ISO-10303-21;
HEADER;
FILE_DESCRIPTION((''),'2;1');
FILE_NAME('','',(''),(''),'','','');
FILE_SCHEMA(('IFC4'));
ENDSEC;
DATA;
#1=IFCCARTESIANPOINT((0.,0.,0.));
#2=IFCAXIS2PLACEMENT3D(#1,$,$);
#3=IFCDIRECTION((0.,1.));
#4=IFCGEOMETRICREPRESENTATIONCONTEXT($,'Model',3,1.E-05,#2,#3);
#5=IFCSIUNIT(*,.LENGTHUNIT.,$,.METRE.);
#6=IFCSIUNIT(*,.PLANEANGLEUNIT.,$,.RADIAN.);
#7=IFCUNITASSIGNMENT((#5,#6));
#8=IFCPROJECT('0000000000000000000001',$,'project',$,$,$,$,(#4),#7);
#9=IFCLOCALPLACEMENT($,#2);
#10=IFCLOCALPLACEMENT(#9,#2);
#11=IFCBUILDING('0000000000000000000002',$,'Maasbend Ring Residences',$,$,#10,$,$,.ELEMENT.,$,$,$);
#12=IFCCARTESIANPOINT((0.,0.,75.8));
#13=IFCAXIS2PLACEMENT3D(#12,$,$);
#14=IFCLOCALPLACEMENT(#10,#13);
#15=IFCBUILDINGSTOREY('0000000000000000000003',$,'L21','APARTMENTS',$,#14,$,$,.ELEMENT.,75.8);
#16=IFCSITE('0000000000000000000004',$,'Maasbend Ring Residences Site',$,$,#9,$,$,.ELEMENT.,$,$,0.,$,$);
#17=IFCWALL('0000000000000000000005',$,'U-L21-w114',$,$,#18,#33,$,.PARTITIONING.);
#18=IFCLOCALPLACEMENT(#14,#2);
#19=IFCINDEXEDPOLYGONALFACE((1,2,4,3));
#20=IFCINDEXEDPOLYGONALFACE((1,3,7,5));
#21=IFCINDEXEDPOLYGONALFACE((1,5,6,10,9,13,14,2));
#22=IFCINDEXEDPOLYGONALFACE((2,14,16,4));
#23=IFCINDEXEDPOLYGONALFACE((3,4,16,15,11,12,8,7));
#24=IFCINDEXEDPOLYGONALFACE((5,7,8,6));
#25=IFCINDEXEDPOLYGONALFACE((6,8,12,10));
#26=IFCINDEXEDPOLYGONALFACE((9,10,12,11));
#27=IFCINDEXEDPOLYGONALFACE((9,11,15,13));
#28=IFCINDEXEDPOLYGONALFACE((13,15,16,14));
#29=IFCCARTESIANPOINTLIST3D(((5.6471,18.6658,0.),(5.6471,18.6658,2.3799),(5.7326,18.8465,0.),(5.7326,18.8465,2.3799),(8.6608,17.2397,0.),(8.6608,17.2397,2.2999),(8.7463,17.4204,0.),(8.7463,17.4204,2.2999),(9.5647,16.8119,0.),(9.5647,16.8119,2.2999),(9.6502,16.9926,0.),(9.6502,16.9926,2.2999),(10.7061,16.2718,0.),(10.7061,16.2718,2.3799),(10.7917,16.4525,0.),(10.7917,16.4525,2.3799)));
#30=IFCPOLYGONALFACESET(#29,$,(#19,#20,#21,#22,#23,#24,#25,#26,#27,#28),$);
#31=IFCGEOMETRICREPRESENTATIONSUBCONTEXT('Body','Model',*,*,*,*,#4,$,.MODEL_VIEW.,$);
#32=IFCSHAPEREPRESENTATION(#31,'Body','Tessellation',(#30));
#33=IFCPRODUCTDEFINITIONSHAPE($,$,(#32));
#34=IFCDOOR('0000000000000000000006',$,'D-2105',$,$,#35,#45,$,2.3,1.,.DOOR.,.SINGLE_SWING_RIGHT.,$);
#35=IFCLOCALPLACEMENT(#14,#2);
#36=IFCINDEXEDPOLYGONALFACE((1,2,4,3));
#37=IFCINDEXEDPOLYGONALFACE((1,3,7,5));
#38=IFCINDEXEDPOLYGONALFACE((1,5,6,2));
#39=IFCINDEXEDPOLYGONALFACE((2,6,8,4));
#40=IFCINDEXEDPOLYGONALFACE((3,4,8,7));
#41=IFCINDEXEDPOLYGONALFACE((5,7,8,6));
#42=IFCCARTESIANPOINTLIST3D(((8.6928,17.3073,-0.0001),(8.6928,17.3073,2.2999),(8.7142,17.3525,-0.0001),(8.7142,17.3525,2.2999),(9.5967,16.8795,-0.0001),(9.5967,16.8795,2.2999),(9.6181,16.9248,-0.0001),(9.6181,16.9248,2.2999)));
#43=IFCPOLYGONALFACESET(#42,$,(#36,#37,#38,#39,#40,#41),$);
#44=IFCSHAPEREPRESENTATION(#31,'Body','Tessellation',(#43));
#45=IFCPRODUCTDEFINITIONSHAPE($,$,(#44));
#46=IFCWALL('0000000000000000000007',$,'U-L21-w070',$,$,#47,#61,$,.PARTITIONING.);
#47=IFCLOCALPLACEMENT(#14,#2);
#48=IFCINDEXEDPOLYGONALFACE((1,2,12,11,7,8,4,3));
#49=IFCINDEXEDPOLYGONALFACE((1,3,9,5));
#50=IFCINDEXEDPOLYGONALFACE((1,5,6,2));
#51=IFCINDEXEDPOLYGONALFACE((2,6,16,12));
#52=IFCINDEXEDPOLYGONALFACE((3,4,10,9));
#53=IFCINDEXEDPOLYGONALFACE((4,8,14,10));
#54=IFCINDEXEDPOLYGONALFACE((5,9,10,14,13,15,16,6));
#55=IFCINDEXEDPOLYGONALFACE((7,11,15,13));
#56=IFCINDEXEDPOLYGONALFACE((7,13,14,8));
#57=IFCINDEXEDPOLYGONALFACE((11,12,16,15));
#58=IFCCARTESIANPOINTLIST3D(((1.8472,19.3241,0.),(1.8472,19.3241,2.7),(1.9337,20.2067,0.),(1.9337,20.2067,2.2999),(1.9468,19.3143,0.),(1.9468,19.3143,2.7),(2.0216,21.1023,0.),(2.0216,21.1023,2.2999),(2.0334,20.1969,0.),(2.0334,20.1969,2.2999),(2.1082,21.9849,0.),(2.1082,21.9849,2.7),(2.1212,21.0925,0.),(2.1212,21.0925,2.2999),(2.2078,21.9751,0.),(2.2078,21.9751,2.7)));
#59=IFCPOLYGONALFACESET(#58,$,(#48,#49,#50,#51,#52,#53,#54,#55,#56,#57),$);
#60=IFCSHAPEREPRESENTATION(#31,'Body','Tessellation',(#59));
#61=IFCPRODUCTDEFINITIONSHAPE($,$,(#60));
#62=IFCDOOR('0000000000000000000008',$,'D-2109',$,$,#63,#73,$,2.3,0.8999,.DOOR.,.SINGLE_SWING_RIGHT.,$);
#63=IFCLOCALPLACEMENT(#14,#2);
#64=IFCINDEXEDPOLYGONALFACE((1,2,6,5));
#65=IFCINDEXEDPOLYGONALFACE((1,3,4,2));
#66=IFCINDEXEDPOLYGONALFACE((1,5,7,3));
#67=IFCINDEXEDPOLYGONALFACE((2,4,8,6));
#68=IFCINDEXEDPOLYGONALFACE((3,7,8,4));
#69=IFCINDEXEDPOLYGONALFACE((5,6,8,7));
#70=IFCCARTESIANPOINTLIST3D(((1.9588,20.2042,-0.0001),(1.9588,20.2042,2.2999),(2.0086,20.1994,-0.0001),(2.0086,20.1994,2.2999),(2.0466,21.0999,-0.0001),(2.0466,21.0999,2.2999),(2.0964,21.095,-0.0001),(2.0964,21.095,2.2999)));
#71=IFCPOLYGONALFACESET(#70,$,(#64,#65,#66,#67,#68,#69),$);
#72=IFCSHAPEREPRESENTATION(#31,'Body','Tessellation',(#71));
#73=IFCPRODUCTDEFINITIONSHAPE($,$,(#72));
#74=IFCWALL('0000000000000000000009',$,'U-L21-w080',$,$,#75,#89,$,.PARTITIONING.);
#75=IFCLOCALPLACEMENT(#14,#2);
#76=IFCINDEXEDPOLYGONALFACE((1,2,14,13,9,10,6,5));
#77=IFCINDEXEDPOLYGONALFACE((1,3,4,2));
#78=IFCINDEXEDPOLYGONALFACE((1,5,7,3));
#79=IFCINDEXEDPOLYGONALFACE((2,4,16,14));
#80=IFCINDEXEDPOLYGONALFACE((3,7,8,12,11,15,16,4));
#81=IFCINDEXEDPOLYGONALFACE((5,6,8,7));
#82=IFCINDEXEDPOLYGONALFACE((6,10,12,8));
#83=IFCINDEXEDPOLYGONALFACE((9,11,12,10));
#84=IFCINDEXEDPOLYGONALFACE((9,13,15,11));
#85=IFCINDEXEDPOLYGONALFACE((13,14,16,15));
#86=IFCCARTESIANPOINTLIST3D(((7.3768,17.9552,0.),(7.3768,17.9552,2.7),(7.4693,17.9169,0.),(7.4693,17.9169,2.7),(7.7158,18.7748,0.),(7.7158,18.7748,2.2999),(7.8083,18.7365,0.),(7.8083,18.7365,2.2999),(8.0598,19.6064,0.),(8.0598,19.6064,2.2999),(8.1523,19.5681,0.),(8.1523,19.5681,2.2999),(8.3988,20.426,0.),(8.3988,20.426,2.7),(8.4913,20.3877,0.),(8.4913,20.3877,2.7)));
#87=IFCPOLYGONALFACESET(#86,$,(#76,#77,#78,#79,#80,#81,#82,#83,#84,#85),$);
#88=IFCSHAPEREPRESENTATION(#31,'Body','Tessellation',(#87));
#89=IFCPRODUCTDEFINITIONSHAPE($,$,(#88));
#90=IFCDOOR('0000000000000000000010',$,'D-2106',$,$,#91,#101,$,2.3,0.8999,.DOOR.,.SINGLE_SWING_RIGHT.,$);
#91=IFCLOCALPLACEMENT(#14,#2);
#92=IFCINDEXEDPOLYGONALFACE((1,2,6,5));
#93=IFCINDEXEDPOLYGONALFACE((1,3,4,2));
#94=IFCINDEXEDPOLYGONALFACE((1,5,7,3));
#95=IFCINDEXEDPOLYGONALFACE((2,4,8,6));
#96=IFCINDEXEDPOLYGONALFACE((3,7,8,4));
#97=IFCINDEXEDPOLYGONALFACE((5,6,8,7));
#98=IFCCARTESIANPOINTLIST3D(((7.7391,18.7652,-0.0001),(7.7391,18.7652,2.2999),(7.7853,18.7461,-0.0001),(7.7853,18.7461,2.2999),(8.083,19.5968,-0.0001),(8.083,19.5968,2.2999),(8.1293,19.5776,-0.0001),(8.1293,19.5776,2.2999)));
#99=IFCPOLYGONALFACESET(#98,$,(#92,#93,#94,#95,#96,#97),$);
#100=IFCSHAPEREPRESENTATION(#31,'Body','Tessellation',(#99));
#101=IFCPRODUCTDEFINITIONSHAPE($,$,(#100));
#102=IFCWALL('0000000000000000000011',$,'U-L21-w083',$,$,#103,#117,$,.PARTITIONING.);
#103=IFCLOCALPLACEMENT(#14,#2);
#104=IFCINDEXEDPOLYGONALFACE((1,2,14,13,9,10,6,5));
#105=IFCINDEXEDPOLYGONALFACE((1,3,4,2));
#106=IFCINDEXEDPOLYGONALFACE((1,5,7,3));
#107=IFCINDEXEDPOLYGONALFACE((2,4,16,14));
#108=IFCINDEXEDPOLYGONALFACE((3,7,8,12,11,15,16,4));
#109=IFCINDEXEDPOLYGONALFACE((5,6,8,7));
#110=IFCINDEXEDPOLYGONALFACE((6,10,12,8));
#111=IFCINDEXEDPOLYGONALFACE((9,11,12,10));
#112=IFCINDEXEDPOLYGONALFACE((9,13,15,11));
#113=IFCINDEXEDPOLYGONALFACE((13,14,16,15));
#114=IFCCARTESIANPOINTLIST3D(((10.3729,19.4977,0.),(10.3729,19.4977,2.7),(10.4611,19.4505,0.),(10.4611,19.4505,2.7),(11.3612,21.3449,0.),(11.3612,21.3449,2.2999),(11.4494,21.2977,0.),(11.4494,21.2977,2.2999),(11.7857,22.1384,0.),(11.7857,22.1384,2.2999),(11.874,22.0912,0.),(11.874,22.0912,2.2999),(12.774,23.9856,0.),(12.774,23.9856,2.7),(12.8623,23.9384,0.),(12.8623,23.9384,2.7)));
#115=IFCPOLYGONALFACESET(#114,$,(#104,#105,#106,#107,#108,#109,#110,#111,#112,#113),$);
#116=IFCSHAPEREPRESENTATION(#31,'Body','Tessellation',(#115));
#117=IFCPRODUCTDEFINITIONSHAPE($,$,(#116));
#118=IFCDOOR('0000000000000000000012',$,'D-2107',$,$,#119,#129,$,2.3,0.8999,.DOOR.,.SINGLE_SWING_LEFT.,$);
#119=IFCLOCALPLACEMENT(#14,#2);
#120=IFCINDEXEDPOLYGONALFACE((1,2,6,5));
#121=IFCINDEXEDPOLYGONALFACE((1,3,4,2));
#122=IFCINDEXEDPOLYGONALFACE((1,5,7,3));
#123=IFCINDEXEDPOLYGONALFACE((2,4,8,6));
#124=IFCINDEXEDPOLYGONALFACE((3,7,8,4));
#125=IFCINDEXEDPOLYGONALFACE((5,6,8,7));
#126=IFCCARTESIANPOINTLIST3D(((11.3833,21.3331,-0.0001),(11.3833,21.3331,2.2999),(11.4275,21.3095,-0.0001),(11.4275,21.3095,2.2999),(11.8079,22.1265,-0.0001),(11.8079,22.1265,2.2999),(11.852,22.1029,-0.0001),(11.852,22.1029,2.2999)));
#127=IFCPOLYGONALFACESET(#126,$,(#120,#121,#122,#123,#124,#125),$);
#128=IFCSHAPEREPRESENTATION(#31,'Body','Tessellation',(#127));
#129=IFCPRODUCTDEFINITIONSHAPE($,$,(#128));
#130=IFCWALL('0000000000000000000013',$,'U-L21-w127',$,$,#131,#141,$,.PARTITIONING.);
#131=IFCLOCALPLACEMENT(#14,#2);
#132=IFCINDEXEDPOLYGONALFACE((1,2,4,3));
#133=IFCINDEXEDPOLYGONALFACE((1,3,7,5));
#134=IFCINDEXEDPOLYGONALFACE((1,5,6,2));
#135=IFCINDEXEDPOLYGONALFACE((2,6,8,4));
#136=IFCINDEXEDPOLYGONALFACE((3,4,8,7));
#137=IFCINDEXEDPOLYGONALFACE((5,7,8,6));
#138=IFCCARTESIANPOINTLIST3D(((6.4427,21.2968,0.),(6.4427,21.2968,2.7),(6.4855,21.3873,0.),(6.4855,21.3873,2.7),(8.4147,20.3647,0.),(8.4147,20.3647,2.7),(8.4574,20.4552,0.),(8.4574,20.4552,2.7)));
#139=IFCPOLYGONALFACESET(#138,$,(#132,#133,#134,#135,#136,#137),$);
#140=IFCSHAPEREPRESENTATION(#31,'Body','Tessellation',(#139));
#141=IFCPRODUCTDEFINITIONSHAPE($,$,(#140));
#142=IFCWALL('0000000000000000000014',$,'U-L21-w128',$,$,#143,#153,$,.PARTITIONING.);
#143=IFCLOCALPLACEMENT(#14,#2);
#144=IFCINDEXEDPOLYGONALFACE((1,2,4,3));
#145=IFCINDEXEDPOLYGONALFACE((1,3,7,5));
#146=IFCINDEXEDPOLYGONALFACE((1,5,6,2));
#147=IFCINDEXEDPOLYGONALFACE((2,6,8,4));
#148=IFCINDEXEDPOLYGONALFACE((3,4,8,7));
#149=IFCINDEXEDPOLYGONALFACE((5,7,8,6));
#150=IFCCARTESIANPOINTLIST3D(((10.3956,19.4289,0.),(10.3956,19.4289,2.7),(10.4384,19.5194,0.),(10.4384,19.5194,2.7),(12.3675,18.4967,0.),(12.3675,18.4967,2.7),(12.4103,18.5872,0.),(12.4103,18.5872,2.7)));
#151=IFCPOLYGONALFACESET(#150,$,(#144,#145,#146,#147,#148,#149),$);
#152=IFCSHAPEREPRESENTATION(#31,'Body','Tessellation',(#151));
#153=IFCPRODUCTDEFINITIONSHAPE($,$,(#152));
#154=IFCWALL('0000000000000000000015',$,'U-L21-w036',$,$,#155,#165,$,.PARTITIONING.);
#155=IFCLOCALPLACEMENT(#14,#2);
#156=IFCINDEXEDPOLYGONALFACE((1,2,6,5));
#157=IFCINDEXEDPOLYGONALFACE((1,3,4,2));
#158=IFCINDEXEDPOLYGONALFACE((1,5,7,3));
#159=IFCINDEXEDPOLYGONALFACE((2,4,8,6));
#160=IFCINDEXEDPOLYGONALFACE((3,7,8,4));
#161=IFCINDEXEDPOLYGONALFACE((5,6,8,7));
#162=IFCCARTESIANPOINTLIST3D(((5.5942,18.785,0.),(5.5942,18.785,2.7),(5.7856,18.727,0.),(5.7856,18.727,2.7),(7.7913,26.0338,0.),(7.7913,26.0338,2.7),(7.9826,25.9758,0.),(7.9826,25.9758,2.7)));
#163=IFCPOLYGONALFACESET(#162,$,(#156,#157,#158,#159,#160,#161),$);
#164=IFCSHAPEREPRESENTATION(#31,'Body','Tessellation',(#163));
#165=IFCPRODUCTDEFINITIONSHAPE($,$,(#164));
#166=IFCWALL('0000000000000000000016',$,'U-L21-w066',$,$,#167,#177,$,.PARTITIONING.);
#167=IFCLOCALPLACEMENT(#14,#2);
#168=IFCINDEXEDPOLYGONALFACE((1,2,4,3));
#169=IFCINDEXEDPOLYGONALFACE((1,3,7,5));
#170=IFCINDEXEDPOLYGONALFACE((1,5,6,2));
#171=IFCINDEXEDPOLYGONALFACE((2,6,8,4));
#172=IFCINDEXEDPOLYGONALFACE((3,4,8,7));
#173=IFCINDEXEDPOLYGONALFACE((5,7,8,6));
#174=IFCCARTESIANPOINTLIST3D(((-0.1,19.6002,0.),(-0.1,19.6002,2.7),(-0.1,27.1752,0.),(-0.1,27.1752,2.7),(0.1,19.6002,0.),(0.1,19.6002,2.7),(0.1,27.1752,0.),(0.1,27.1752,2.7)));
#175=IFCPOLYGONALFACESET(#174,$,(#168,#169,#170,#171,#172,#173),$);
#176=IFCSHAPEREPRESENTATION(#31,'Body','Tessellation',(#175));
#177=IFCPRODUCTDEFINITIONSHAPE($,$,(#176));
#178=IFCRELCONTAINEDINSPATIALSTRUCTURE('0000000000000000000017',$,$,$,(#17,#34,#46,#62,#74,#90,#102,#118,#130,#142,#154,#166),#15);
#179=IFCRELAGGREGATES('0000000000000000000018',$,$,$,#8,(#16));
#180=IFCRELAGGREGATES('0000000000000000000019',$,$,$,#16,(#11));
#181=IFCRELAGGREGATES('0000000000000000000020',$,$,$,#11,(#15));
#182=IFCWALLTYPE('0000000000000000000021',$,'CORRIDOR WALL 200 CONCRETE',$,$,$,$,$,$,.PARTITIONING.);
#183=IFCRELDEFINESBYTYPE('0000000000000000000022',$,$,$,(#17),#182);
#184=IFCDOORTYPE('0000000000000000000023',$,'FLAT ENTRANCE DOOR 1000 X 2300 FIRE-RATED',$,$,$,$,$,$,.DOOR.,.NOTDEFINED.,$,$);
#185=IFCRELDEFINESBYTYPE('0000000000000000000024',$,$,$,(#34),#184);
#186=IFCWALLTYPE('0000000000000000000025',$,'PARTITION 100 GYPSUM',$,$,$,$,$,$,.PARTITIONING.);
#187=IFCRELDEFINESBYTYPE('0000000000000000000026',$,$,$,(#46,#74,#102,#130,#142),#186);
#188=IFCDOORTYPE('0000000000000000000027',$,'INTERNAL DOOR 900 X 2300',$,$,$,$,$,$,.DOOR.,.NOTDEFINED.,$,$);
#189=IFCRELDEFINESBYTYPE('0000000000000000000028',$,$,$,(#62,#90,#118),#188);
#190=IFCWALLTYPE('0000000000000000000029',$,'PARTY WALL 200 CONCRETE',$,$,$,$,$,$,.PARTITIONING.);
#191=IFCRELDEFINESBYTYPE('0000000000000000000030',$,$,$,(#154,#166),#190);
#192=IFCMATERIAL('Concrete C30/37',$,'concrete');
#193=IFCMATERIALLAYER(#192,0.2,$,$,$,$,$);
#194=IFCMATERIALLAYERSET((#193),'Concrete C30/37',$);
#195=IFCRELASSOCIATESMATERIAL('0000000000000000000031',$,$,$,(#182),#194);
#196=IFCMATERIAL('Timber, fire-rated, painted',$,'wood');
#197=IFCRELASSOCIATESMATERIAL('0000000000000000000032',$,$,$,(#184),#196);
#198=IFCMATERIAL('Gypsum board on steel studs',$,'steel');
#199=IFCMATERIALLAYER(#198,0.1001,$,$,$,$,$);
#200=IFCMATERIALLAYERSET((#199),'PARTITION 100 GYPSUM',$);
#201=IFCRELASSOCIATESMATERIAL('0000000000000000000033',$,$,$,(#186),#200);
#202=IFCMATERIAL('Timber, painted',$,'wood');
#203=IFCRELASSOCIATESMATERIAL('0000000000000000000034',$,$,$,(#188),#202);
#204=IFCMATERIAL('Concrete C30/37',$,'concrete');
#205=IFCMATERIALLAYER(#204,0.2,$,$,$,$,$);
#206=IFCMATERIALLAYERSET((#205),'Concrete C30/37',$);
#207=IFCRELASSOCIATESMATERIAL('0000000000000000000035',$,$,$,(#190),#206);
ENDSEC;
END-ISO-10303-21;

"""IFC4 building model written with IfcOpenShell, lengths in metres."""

from ifc_helpers import new_model, si_unit, direction, frame, frame_2d, origin, place, context, subcontext, project, spatial, rectangle, extrude, material, layer, layer_set, type_object, element, fill, save


model = new_model("IFC4")

# Units and contexts
model_context = context("Model", 3, precision=1e-05, world=origin(), true_north=direction((0.0, 1.0)))
body_context = subcontext(model_context, "Body", "Model", "MODEL_VIEW")
ifc_project = project(units=[si_unit("LENGTHUNIT", "METRE"), si_unit("PLANEANGLEUNIT", "RADIAN")], contexts=[model_context])

# Site, building, storey
site_placement = place(None, origin())
site = spatial("IfcSite", under=ifc_project, at=site_placement, Name="Maasbend Ring Residences Site", CompositionType="ELEMENT", RefElevation=0.0)
building_placement = place(site_placement, origin())
building = spatial("IfcBuilding", under=site, at=building_placement, Name="Maasbend Ring Residences", CompositionType="ELEMENT")
storey_placement = place(building_placement, frame((0.0, 0.0, 75.8)))
storey = spatial("IfcBuildingStorey", under=building, at=storey_placement, Name="L21", Description="APARTMENTS", CompositionType="ELEMENT", Elevation=75.8)

# Shared definitions
ifc_material_1 = material(Name="Concrete C30/37", Category="concrete")
ifc_layer_1 = layer(ifc_material_1, 0.2)
ifc_layer_set_1 = layer_set([ifc_layer_1], Name="Concrete C30/37")
wall_type_1 = type_object("IfcWallType", Name="CORRIDOR WALL 200 CONCRETE", PredefinedType="PARTITIONING", material=ifc_layer_set_1)
ifc_material_2 = material(Name="Timber, fire-rated, painted", Category="wood")
door_type_1 = type_object("IfcDoorType", Name="FLAT ENTRANCE DOOR 1000 X 2300 FIRE-RATED", OperationType="NOTDEFINED", PredefinedType="DOOR", material=ifc_material_2)

# Walls, openings, doors
wall_1_placement = place(storey_placement, frame((5.6899, 18.7561, 0.0), z_axis=(0.0, 0.0, 1.0), x_axis=(0.903901, -0.427741, 0.0)))
wall_1 = element("IfcWall", 1, at=wall_1_placement, inside=storey, type_object=wall_type_1, Name="U-L21-w114", PredefinedType="PARTITIONING", context=body_context, shape_type="SweptSolid", body=[
    extrude(rectangle(XDim=5.5969, YDim=0.2, at=frame_2d((2.7983, 0.0))), origin(), (0.0, 0.0, 1.0), 2.3799),
])
opening_1_placement = place(wall_1_placement, frame((3.334, 0.0, 0.0)))
opening_1 = element("IfcOpeningElement", 2, at=opening_1_placement, cuts=wall_1, PredefinedType="OPENING", context=body_context, shape_type="SweptSolid", body=[
    extrude(rectangle(XDim=1.0, YDim=2.3, at=frame_2d((0.5, 1.1499))), frame((0.0, 0.1099, 0.0), z_axis=(0.0, -1.0, 0.0), x_axis=(1.0, 0.0, 0.0)), (0.0, 0.0, 1.0), 0.22),
])
door_1_placement = place(opening_1_placement, origin())
door_1 = element("IfcDoor", 3, at=door_1_placement, inside=storey, type_object=door_type_1, Name="D-2105", OperationType="SINGLE_SWING_RIGHT", OverallHeight=2.3, OverallWidth=1.0, PredefinedType="DOOR", context=body_context, shape_type="SweptSolid", body=[
    extrude(rectangle(XDim=1.0, YDim=2.3, at=frame_2d((0.5, 1.1499))), frame((0.0, 0.0249, 0.0), z_axis=(0.0, -1.0, 0.0), x_axis=(1.0, 0.0, 0.0)), (0.0, 0.0, 1.0), 0.05),
])
fill(opening_1, door_1)
ifc_material_3 = material(Name="Gypsum board on steel studs", Category="steel")
ifc_layer_2 = layer(ifc_material_3, 0.1001)
ifc_layer_set_2 = layer_set([ifc_layer_2], Name="PARTITION 100 GYPSUM")
wall_type_2 = type_object("IfcWallType", Name="PARTITION 100 GYPSUM", PredefinedType="PARTITIONING", material=ifc_layer_set_2)
wall_2_placement = place(storey_placement, frame((1.897, 19.3191, 0.0), z_axis=(0.0, 0.0, 1.0), x_axis=(0.097614, 0.995224, 0.0)))
wall_2 = element("IfcWall", 4, at=wall_2_placement, inside=storey, type_object=wall_type_2, Name="U-L21-w070", PredefinedType="PARTITIONING", context=body_context, shape_type="SweptSolid", body=[
    extrude(rectangle(XDim=2.6736, YDim=0.1001, at=frame_2d((1.3369, 0.0))), origin(), (0.0, 0.0, 1.0), 2.7),
])
opening_2_placement = place(wall_2_placement, frame((0.887, 0.0, 0.0)))
opening_2 = element("IfcOpeningElement", 5, at=opening_2_placement, cuts=wall_2, PredefinedType="OPENING", context=body_context, shape_type="SweptSolid", body=[
    extrude(rectangle(XDim=0.8999, YDim=2.3, at=frame_2d((0.45, 1.1499))), frame((0.0, 0.0601, 0.0), z_axis=(0.0, -1.0, 0.0), x_axis=(1.0, 0.0, 0.0)), (0.0, 0.0, 1.0), 0.1201),
])
ifc_material_4 = material(Name="Timber, painted", Category="wood")
door_type_2 = type_object("IfcDoorType", Name="INTERNAL DOOR 900 X 2300", OperationType="NOTDEFINED", PredefinedType="DOOR", material=ifc_material_4)
door_2_placement = place(opening_2_placement, origin())
door_2 = element("IfcDoor", 6, at=door_2_placement, inside=storey, type_object=door_type_2, Name="D-2109", OperationType="SINGLE_SWING_RIGHT", OverallHeight=2.3, OverallWidth=0.8999, PredefinedType="DOOR", context=body_context, shape_type="SweptSolid", body=[
    extrude(rectangle(XDim=0.8999, YDim=2.3, at=frame_2d((0.45, 1.1499))), frame((0.0, 0.0249, 0.0), z_axis=(0.0, -1.0, 0.0), x_axis=(1.0, 0.0, 0.0)), (0.0, 0.0, 1.0), 0.05),
])
fill(opening_2, door_2)
wall_3_placement = place(storey_placement, frame((7.4231, 17.936, 0.0), z_axis=(0.0, 0.0, 1.0), x_axis=(0.382196, 0.924081, 0.0)))
wall_3 = element("IfcWall", 7, at=wall_3_placement, inside=storey, type_object=wall_type_2, Name="U-L21-w080", PredefinedType="PARTITIONING", context=body_context, shape_type="SweptSolid", body=[
    extrude(rectangle(XDim=2.6738, YDim=0.1001, at=frame_2d((1.3369, 0.0))), origin(), (0.0, 0.0, 1.0), 2.7),
])
opening_3_placement = place(wall_3_placement, frame((0.887, 0.0, 0.0)))
opening_3 = element("IfcOpeningElement", 8, at=opening_3_placement, cuts=wall_3, PredefinedType="OPENING", context=body_context, shape_type="SweptSolid", body=[
    extrude(rectangle(XDim=0.8999, YDim=2.3, at=frame_2d((0.45, 1.1499))), frame((0.0, 0.0601, 0.0), z_axis=(0.0, -1.0, 0.0), x_axis=(1.0, 0.0, 0.0)), (0.0, 0.0, 1.0), 0.1201),
])
door_3_placement = place(opening_3_placement, origin())
door_3 = element("IfcDoor", 9, at=door_3_placement, inside=storey, type_object=door_type_2, Name="D-2106", OperationType="SINGLE_SWING_RIGHT", OverallHeight=2.3, OverallWidth=0.8999, PredefinedType="DOOR", context=body_context, shape_type="SweptSolid", body=[
    extrude(rectangle(XDim=0.8999, YDim=2.3, at=frame_2d((0.45, 1.1499))), frame((0.0, 0.0249, 0.0), z_axis=(0.0, -1.0, 0.0), x_axis=(1.0, 0.0, 0.0)), (0.0, 0.0, 1.0), 0.05),
])
fill(opening_3, door_3)
wall_4_placement = place(storey_placement, frame((10.417, 19.4741, 0.0), z_axis=(0.0, 0.0, 1.0), x_axis=(0.471755, 0.881729, 0.0)))
wall_4 = element("IfcWall", 10, at=wall_4_placement, inside=storey, type_object=wall_type_2, Name="U-L21-w083", PredefinedType="PARTITIONING", context=body_context, shape_type="SweptSolid", body=[
    extrude(rectangle(XDim=5.0898, YDim=0.1001, at=frame_2d((2.5449, 0.0))), origin(), (0.0, 0.0, 1.0), 2.7),
])
opening_4_placement = place(wall_4_placement, frame((2.095, 0.0, 0.0)))
opening_4 = element("IfcOpeningElement", 11, at=opening_4_placement, cuts=wall_4, PredefinedType="OPENING", context=body_context, shape_type="SweptSolid", body=[
    extrude(rectangle(XDim=0.8999, YDim=2.3, at=frame_2d((0.45, 1.1499))), frame((0.0, 0.0601, 0.0), z_axis=(0.0, -1.0, 0.0), x_axis=(1.0, 0.0, 0.0)), (0.0, 0.0, 1.0), 0.1201),
])
door_4_placement = place(opening_4_placement, origin())
door_4 = element("IfcDoor", 12, at=door_4_placement, inside=storey, type_object=door_type_2, Name="D-2107", OperationType="SINGLE_SWING_LEFT", OverallHeight=2.3, OverallWidth=0.8999, PredefinedType="DOOR", context=body_context, shape_type="SweptSolid", body=[
    extrude(rectangle(XDim=0.8999, YDim=2.3, at=frame_2d((0.45, 1.1499))), frame((0.0, 0.0249, 0.0), z_axis=(0.0, -1.0, 0.0), x_axis=(1.0, 0.0, 0.0)), (0.0, 0.0, 1.0), 0.05),
])
fill(opening_4, door_4)

# Walls
for number, where, z_axis, x_axis, name in (
    (13, (6.4641, 21.342, 0.0), (0.0, 0.0, 1.0), (0.904082, -0.42736, 0.0), "U-L21-w127"),
    (14, (10.417, 19.4741, 0.0), (0.0, 0.0, 1.0), (0.904082, -0.42736, 0.0), "U-L21-w128"),
):
    element("IfcWall", number, at=place(storey_placement, frame(where, z_axis=z_axis, x_axis=x_axis)), inside=storey, type_object=wall_type_2, Name=name, PredefinedType="PARTITIONING", context=body_context, shape_type="SweptSolid", body=[
        extrude(rectangle(XDim=2.1812, YDim=0.1001, at=frame_2d((1.0906, 0.0))), origin(), (0.0, 0.0, 1.0), 2.7),
    ])
ifc_material_5 = material(Name="Concrete C30/37", Category="concrete")
ifc_layer_3 = layer(ifc_material_5, 0.2)
ifc_layer_set_3 = layer_set([ifc_layer_3], Name="Concrete C30/37")
wall_type_3 = type_object("IfcWallType", Name="PARTY WALL 200 CONCRETE", PredefinedType="PARTITIONING", material=ifc_layer_set_3)
wall_5_placement = place(storey_placement, frame((5.6899, 18.7561, 0.0), z_axis=(0.0, 0.0, 1.0), x_axis=(0.290058, 0.957009, 0.0)))
element("IfcWall", 15, at=wall_5_placement, inside=storey, type_object=wall_type_3, Name="U-L21-w036", PredefinedType="PARTITIONING", context=body_context, shape_type="SweptSolid", body=[
    extrude(rectangle(XDim=7.5745, YDim=0.2, at=frame_2d((3.7871, 0.0))), origin(), (0.0, 0.0, 1.0), 2.7),
])
wall_6_placement = place(storey_placement, frame((0.0, 19.6001, 0.0), z_axis=(0.0, 0.0, 1.0), x_axis=(0.0, 1.0, 0.0)))
element("IfcWall", 16, at=wall_6_placement, inside=storey, type_object=wall_type_3, Name="U-L21-w066", PredefinedType="PARTITIONING", context=body_context, shape_type="SweptSolid", body=[
    extrude(rectangle(XDim=7.575, YDim=0.2, at=frame_2d((3.7876, 0.0))), origin(), (0.0, 0.0, 1.0), 2.7),
])

save(model, "model.ifc")
